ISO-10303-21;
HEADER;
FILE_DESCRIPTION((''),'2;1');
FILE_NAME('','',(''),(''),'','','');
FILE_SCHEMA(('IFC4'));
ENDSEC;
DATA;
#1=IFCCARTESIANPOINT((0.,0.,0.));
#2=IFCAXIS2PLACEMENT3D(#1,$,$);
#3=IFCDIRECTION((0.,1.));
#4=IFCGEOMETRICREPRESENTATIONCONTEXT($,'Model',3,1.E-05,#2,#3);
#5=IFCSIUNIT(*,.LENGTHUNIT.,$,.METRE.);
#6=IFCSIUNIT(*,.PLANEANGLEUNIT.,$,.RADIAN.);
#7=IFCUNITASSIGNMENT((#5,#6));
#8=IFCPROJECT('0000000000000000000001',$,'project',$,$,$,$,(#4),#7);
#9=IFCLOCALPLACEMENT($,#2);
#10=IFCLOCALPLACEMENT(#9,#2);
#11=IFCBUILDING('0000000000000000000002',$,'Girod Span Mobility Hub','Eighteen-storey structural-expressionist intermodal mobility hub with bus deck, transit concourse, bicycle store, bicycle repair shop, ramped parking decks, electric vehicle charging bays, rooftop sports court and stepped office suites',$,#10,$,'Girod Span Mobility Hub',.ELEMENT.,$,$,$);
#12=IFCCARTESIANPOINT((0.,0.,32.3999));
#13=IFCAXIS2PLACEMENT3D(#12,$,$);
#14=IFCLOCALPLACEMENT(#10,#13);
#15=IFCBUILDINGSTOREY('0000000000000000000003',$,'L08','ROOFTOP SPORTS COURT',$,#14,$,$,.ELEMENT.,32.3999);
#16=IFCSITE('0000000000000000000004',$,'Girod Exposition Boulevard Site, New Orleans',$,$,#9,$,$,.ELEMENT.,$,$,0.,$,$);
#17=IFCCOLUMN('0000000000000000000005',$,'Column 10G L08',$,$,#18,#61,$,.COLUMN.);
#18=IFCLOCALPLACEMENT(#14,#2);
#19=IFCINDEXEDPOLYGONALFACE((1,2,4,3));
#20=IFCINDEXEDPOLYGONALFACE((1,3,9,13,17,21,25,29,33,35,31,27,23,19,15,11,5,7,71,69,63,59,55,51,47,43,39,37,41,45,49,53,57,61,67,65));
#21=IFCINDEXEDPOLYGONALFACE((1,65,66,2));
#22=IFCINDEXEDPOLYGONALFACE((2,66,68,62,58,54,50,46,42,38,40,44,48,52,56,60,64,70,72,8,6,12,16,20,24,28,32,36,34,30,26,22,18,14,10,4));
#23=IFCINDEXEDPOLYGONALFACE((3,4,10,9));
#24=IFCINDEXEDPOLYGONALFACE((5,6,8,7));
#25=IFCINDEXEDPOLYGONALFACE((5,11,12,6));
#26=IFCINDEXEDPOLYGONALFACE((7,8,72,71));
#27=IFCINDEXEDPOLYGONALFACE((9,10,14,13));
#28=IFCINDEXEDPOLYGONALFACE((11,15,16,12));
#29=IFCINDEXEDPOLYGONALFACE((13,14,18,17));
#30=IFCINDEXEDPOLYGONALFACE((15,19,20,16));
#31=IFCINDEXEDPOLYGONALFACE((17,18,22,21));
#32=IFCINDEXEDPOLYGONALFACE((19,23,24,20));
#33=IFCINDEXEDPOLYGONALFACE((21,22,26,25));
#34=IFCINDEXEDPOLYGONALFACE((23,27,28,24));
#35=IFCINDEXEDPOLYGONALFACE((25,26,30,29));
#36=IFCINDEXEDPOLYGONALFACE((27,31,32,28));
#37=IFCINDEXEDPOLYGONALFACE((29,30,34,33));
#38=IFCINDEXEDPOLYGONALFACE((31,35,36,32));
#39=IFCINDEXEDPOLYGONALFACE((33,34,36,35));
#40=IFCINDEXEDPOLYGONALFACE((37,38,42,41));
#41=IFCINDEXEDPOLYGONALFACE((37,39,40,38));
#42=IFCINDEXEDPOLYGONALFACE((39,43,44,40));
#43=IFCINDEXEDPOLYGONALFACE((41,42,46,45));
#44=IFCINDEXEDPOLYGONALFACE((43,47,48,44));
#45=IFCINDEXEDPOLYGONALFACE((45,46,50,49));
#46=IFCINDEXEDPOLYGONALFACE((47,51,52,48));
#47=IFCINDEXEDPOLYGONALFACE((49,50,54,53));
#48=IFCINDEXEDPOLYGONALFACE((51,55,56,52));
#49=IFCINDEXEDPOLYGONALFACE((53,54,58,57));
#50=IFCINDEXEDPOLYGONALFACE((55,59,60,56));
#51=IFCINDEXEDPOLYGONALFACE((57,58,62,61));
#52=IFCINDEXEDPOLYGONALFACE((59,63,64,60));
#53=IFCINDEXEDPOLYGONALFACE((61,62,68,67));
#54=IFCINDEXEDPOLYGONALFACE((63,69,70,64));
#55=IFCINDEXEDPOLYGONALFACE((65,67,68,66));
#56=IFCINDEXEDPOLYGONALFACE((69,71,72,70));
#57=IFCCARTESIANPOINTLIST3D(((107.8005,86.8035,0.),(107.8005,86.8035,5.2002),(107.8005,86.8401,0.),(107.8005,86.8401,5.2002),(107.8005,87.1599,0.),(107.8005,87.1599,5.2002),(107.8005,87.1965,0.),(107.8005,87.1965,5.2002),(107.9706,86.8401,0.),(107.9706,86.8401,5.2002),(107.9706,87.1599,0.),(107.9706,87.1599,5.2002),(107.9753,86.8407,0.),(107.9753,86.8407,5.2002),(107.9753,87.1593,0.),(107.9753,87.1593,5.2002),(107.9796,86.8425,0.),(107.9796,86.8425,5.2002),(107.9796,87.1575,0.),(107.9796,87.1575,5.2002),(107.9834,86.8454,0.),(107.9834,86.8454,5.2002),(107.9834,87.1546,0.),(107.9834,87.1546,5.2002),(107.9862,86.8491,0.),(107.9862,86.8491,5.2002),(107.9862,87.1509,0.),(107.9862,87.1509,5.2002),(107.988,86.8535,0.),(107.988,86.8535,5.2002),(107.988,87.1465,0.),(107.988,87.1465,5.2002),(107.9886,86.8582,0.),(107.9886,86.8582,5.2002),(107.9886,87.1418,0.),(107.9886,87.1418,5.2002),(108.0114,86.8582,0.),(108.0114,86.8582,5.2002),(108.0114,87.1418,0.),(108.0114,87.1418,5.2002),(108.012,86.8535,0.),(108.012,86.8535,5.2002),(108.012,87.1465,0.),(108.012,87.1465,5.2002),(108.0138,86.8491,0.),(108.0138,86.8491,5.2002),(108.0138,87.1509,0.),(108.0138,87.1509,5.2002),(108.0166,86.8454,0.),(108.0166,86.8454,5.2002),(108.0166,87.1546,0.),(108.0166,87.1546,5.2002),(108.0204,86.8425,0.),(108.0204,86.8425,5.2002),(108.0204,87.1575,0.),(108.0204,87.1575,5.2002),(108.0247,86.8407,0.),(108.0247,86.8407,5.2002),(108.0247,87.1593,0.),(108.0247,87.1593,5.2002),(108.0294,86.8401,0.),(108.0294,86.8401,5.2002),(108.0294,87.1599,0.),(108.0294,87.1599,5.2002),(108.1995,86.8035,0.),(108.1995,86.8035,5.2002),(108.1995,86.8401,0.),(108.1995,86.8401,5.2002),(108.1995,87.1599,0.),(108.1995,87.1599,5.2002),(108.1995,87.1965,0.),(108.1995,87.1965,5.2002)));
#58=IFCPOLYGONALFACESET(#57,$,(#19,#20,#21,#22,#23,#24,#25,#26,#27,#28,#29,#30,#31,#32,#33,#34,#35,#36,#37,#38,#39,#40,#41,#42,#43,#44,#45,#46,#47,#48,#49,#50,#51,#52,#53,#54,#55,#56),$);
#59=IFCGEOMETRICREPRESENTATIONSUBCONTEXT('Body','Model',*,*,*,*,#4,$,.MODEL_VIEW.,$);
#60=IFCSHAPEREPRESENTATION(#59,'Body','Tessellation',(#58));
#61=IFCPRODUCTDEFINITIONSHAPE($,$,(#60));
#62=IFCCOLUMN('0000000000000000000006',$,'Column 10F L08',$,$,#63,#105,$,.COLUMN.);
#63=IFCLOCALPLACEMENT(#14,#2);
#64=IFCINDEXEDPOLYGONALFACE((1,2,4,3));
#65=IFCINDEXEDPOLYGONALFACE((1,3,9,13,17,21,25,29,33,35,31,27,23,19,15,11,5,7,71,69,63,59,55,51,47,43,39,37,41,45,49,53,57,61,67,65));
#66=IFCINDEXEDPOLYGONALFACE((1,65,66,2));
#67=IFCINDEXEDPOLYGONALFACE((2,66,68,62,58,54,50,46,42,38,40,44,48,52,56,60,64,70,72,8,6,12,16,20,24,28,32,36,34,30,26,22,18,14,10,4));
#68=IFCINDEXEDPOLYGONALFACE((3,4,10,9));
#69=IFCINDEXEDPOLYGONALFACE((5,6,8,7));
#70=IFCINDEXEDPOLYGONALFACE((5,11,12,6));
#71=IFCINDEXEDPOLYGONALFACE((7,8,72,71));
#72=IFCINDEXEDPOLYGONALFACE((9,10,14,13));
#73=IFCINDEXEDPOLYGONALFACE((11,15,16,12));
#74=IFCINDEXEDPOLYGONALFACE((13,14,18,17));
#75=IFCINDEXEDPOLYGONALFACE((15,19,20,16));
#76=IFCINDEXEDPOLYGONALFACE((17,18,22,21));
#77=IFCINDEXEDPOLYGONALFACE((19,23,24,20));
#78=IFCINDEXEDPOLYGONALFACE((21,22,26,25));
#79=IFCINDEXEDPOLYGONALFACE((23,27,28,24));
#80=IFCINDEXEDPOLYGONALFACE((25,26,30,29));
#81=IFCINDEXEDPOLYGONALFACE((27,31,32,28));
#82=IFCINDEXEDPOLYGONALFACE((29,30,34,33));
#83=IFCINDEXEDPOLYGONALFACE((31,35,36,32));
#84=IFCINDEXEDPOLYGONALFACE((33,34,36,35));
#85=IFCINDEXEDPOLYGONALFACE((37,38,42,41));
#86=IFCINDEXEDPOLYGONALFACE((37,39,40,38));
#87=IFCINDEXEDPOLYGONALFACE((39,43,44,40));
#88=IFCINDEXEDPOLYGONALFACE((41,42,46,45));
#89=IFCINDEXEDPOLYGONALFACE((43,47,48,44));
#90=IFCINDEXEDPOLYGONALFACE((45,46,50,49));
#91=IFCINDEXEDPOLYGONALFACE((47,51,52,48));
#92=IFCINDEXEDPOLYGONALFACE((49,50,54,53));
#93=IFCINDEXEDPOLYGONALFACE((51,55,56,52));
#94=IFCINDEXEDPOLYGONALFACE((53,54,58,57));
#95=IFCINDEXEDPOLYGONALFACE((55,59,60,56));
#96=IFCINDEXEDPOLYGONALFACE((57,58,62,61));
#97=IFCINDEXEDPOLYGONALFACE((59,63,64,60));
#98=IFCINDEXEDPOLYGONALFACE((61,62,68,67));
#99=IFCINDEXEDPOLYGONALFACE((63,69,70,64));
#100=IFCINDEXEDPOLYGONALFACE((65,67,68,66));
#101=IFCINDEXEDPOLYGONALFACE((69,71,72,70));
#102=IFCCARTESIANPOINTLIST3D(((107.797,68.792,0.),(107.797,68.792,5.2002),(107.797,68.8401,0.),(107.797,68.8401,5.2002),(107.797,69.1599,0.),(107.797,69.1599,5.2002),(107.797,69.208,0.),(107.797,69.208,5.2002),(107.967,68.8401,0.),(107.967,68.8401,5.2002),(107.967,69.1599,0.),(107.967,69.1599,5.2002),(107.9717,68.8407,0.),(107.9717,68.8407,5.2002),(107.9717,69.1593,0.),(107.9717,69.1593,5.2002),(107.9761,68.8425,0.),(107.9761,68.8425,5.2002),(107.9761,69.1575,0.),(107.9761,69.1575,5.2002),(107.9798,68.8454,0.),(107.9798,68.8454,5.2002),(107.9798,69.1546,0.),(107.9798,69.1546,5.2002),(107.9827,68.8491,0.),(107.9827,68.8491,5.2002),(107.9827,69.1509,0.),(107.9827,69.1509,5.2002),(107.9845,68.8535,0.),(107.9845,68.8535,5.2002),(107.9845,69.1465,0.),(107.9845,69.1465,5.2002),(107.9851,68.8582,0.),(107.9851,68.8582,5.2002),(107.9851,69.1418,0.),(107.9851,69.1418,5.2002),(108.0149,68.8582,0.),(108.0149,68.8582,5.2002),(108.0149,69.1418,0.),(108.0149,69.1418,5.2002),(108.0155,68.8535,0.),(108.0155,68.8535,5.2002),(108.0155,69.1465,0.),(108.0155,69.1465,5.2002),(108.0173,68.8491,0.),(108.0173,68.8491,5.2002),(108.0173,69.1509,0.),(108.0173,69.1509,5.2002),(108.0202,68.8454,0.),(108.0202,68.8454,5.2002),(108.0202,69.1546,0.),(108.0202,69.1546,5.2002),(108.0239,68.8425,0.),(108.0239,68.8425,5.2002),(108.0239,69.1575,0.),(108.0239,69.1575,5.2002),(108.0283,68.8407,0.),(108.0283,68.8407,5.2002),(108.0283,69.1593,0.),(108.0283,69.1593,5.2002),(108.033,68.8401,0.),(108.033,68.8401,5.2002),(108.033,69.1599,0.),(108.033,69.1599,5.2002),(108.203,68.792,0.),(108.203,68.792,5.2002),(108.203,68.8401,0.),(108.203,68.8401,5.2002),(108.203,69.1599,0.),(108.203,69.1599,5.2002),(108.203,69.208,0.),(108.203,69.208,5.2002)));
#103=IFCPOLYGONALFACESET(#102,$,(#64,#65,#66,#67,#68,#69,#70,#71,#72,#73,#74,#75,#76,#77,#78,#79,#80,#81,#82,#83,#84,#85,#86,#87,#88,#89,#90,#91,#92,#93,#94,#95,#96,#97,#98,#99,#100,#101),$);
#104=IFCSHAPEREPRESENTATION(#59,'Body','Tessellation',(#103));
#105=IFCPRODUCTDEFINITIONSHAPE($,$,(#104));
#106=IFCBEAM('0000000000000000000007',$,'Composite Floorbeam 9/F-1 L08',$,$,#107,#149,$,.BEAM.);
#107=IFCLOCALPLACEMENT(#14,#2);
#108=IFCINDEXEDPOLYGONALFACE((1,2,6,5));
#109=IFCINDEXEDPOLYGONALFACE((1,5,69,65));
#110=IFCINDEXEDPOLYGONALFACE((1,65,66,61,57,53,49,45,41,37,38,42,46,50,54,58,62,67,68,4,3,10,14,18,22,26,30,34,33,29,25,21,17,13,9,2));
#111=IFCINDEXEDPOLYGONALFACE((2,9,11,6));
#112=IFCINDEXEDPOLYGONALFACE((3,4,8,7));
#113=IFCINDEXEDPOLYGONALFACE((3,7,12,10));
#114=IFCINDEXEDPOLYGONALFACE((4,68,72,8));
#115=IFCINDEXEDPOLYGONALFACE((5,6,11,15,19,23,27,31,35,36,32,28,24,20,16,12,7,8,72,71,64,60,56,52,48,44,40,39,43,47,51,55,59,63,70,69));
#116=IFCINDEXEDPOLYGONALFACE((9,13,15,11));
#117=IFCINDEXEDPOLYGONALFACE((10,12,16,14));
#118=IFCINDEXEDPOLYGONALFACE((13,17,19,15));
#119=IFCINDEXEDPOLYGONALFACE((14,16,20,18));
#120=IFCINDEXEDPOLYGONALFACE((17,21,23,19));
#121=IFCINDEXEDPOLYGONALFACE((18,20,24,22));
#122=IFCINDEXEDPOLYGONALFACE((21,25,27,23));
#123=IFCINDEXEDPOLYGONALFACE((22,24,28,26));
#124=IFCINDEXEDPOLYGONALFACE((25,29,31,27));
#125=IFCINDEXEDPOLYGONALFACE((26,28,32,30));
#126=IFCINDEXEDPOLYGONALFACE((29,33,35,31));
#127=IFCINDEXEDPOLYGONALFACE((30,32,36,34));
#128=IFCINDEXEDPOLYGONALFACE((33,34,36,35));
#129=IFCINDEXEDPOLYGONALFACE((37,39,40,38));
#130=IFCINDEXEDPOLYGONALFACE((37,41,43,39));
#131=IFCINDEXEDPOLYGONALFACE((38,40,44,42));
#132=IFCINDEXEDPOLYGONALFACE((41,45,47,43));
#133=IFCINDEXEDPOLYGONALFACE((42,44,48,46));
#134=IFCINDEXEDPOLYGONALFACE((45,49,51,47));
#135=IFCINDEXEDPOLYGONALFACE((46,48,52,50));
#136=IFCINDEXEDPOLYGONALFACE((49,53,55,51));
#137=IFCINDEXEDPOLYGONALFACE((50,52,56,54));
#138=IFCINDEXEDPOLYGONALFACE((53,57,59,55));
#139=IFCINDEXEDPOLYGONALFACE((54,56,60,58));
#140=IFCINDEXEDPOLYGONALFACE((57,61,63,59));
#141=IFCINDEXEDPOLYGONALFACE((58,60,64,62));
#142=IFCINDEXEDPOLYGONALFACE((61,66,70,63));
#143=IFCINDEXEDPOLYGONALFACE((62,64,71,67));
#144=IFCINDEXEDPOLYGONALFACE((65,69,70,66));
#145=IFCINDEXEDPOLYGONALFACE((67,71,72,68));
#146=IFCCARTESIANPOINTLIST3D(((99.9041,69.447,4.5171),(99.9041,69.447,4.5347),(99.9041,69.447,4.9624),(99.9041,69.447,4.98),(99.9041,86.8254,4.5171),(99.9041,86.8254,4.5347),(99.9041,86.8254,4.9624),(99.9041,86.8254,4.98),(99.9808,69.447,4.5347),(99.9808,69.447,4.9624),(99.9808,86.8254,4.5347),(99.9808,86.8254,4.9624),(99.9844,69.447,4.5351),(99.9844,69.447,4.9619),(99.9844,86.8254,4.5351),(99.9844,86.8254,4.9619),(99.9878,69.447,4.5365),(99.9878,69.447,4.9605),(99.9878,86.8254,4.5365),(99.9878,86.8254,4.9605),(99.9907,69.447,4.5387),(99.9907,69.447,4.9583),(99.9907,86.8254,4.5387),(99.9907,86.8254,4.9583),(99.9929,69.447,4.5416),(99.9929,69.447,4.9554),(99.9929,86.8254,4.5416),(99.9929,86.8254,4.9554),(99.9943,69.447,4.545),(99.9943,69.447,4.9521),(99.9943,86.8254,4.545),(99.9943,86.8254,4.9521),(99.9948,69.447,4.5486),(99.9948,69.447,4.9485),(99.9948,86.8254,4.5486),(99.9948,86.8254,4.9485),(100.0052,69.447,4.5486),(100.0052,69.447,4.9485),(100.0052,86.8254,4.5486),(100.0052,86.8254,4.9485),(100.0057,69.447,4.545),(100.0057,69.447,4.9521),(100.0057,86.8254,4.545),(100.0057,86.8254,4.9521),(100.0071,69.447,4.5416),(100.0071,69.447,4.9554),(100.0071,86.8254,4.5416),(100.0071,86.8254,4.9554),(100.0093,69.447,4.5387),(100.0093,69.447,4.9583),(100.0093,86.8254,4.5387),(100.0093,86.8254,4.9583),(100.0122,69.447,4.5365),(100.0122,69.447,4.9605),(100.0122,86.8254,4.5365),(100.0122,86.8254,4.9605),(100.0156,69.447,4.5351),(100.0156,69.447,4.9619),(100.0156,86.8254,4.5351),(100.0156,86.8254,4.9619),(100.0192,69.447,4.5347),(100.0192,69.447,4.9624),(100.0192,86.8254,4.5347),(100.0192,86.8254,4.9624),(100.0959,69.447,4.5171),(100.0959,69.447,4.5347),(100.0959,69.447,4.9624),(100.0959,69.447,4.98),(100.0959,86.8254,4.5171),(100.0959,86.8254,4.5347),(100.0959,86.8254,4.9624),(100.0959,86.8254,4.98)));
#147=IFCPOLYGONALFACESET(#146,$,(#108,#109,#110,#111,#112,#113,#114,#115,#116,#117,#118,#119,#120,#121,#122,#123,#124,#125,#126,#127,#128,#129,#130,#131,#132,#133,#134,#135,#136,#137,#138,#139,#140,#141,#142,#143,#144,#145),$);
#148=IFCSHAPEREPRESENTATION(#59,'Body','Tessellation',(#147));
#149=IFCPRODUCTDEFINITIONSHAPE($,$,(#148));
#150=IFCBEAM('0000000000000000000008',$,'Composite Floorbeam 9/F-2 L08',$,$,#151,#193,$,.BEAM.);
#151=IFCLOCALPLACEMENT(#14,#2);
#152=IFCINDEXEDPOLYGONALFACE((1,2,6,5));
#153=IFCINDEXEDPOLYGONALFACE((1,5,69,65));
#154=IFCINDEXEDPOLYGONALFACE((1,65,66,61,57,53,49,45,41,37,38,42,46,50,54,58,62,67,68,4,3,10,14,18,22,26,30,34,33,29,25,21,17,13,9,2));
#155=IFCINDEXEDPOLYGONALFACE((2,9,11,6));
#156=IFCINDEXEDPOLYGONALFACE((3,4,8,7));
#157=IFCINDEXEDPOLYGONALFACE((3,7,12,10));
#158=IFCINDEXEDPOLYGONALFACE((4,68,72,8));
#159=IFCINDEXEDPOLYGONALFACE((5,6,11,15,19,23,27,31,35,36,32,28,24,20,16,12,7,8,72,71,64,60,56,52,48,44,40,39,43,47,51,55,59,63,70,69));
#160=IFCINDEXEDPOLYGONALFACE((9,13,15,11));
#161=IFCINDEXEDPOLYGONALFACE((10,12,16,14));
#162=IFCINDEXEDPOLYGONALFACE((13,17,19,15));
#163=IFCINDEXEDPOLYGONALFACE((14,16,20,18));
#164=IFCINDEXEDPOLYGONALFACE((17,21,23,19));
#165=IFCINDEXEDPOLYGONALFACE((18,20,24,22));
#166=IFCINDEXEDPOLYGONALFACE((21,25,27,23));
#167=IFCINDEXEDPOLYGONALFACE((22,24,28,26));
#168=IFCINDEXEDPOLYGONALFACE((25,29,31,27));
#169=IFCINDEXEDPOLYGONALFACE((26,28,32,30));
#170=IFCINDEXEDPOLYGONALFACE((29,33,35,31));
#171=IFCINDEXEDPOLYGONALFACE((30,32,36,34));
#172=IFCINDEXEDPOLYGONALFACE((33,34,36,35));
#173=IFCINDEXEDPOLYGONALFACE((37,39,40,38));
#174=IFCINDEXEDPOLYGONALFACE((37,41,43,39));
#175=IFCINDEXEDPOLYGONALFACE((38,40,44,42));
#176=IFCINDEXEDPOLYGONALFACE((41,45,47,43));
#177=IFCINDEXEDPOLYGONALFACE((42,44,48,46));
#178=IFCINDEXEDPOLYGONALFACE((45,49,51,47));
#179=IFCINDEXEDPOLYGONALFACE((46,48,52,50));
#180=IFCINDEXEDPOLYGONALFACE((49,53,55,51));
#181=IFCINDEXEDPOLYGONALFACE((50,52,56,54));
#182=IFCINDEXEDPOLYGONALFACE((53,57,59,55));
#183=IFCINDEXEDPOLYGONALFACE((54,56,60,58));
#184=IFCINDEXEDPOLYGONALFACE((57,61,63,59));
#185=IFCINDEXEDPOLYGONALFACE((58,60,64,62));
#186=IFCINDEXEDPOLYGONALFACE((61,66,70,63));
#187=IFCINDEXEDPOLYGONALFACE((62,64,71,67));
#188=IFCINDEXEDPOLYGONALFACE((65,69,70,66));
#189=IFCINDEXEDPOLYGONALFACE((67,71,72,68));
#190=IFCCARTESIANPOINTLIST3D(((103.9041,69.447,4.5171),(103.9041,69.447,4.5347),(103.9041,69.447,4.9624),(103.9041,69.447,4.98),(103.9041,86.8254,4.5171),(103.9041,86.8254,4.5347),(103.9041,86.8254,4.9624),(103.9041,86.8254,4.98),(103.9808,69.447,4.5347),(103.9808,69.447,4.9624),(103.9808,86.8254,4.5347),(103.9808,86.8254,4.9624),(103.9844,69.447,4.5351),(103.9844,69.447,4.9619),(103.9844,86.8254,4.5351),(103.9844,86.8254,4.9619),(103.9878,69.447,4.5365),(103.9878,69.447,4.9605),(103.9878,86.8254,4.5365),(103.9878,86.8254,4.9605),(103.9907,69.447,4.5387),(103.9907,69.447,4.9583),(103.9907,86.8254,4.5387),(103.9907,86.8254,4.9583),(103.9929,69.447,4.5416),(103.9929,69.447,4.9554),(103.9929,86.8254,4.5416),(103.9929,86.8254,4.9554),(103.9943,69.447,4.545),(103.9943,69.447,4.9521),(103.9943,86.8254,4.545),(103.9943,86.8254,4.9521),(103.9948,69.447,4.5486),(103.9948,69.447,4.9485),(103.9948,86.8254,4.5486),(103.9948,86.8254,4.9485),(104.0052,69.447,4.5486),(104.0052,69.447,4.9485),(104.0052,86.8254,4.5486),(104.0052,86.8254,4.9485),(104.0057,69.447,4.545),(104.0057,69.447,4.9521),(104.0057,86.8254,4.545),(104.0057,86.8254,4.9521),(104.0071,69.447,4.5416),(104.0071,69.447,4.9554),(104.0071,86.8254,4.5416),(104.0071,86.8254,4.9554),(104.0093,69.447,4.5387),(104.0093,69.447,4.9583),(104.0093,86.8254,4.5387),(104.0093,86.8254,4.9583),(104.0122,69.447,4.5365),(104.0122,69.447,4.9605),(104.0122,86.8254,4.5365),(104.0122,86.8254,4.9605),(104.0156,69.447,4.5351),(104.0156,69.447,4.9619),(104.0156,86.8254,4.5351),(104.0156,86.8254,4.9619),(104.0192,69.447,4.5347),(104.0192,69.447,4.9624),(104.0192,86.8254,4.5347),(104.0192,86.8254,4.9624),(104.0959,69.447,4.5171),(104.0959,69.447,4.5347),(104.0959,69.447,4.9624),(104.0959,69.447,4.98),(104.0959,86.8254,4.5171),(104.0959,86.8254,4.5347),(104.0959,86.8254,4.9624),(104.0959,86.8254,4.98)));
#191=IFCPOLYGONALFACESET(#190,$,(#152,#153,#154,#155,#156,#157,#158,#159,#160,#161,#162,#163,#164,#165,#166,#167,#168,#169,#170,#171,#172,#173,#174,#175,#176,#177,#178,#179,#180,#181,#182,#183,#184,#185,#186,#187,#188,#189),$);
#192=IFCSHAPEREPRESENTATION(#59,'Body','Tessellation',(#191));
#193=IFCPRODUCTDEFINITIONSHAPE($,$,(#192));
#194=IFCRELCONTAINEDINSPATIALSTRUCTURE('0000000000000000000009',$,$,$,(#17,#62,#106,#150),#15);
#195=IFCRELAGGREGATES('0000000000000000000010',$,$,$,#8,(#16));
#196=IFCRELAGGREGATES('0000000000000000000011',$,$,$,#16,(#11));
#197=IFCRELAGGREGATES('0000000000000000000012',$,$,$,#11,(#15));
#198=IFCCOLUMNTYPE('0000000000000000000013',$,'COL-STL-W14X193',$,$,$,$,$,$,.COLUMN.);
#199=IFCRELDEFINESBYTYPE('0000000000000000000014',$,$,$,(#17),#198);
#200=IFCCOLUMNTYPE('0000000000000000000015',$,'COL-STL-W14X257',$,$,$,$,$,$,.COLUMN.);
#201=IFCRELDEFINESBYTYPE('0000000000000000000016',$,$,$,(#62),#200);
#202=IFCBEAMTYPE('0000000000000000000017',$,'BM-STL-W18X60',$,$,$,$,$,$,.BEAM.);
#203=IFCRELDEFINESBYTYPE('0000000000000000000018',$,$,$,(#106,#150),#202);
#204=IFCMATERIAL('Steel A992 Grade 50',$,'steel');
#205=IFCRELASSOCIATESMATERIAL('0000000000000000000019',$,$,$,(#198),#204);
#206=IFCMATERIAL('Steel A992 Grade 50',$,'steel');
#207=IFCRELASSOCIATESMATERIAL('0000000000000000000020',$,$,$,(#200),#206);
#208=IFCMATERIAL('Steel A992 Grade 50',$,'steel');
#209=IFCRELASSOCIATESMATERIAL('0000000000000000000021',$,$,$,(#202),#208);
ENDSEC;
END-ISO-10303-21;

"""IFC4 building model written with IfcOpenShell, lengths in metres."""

from ifc_helpers import new_model, si_unit, direction, frame, origin, origin_2d, place, context, subcontext, project, spatial, i_section, extrude, material, material_profile, profile_set, type_object, element, save


model = new_model("IFC4")

# Units and contexts
model_context = context("Model", 3, precision=1e-05, world=origin(), true_north=direction((0.0, 1.0)))
body_context = subcontext(model_context, "Body", "Model", "MODEL_VIEW")
ifc_project = project(units=[si_unit("LENGTHUNIT", "METRE"), si_unit("PLANEANGLEUNIT", "RADIAN")], contexts=[model_context])

# Site, building, storey
site_placement = place(None, origin())
site = spatial("IfcSite", under=ifc_project, at=site_placement, Name="Girod Exposition Boulevard Site, New Orleans", CompositionType="ELEMENT", RefElevation=0.0)
building_placement = place(site_placement, origin())
building = spatial("IfcBuilding", under=site, at=building_placement, Name="Girod Span Mobility Hub", Description="Eighteen-storey structural-expressionist intermodal mobility hub with bus deck, transit concourse, bicycle store, bicycle repair shop, ramped parking decks, electric vehicle charging bays, rooftop sports court and stepped office suites", LongName="Girod Span Mobility Hub", CompositionType="ELEMENT")
storey_placement = place(building_placement, frame((0.0, 0.0, 32.3999)))
storey = spatial("IfcBuildingStorey", under=building, at=storey_placement, Name="L08", Description="ROOFTOP SPORTS COURT", CompositionType="ELEMENT", Elevation=32.3999)

# Columns
ifc_material_1 = material(Name="Steel A992 Grade 50", Category="steel")
ifc_material_profile_1 = material_profile(ifc_material_1, i_section(OverallWidth=0.3989, OverallDepth=0.3931, WebThickness=0.0227, FlangeThickness=0.0366, FilletRadius=0.0181, at=origin_2d()), Name="W14X193")
ifc_profile_set_1 = profile_set([ifc_material_profile_1], Name="Steel A992 Grade 50")
column_type_1 = type_object("IfcColumnType", Name="COL-STL-W14X193", PredefinedType="COLUMN", material=ifc_profile_set_1)
column_1_placement = place(storey_placement, frame((108.0, 87.0, 0.0), z_axis=(0.0, 0.0, 1.0), x_axis=(1.0, 0.0, 0.0)))
element("IfcColumn", 1, at=column_1_placement, inside=storey, type_object=column_type_1, Name="Column 10G L08", PredefinedType="COLUMN", context=body_context, shape_type="SweptSolid", body=[
    extrude(i_section(OverallWidth=0.3989, OverallDepth=0.3931, WebThickness=0.0227, FlangeThickness=0.0366, FilletRadius=0.0181, at=origin_2d()), origin(), (0.0, 0.0, 1.0), 5.2002),
])
ifc_material_2 = material(Name="Steel A992 Grade 50", Category="steel")
ifc_material_profile_2 = material_profile(ifc_material_2, i_section(OverallWidth=0.406, OverallDepth=0.416, WebThickness=0.0298, FlangeThickness=0.0481, FilletRadius=0.0181, at=origin_2d()), Name="W14X257")
ifc_profile_set_2 = profile_set([ifc_material_profile_2], Name="Steel A992 Grade 50")
column_type_2 = type_object("IfcColumnType", Name="COL-STL-W14X257", PredefinedType="COLUMN", material=ifc_profile_set_2)
column_2_placement = place(storey_placement, frame((108.0, 69.0, 0.0), z_axis=(0.0, 0.0, 1.0), x_axis=(1.0, 0.0, 0.0)))
element("IfcColumn", 2, at=column_2_placement, inside=storey, type_object=column_type_2, Name="Column 10F L08", PredefinedType="COLUMN", context=body_context, shape_type="SweptSolid", body=[
    extrude(i_section(OverallWidth=0.406, OverallDepth=0.416, WebThickness=0.0298, FlangeThickness=0.0481, FilletRadius=0.0181, at=origin_2d()), origin(), (0.0, 0.0, 1.0), 5.2002),
])

# Beams
ifc_material_3 = material(Name="Steel A992 Grade 50", Category="steel")
ifc_material_profile_3 = material_profile(ifc_material_3, i_section(OverallWidth=0.1919, OverallDepth=0.4629, WebThickness=0.0105, FlangeThickness=0.0176, FilletRadius=0.0139, at=origin_2d()), Name="W18X60")
ifc_profile_set_3 = profile_set([ifc_material_profile_3], Name="Steel A992 Grade 50")
beam_type_1 = type_object("IfcBeamType", Name="BM-STL-W18X60", PredefinedType="BEAM", material=ifc_profile_set_3)
for number, where, z_axis, x_axis, name in (
    (3, (100.0, 69.447, 4.7485), (0.0, 1.0, 0.0), (-1.0, 0.0, 0.0), "Composite Floorbeam 9/F-1 L08"),
    (4, (104.0, 69.447, 4.7485), (0.0, 1.0, 0.0), (-1.0, 0.0, 0.0), "Composite Floorbeam 9/F-2 L08"),
):
    element("IfcBeam", number, at=place(storey_placement, frame(where, z_axis=z_axis, x_axis=x_axis)), inside=storey, type_object=beam_type_1, Name=name, PredefinedType="BEAM", context=body_context, shape_type="SweptSolid", body=[
        extrude(i_section(OverallWidth=0.1919, OverallDepth=0.4629, WebThickness=0.0105, FlangeThickness=0.0176, FilletRadius=0.0139, at=origin_2d()), origin(), (0.0, 0.0, 1.0), 17.3784),
    ])

save(model, "model.ifc")
